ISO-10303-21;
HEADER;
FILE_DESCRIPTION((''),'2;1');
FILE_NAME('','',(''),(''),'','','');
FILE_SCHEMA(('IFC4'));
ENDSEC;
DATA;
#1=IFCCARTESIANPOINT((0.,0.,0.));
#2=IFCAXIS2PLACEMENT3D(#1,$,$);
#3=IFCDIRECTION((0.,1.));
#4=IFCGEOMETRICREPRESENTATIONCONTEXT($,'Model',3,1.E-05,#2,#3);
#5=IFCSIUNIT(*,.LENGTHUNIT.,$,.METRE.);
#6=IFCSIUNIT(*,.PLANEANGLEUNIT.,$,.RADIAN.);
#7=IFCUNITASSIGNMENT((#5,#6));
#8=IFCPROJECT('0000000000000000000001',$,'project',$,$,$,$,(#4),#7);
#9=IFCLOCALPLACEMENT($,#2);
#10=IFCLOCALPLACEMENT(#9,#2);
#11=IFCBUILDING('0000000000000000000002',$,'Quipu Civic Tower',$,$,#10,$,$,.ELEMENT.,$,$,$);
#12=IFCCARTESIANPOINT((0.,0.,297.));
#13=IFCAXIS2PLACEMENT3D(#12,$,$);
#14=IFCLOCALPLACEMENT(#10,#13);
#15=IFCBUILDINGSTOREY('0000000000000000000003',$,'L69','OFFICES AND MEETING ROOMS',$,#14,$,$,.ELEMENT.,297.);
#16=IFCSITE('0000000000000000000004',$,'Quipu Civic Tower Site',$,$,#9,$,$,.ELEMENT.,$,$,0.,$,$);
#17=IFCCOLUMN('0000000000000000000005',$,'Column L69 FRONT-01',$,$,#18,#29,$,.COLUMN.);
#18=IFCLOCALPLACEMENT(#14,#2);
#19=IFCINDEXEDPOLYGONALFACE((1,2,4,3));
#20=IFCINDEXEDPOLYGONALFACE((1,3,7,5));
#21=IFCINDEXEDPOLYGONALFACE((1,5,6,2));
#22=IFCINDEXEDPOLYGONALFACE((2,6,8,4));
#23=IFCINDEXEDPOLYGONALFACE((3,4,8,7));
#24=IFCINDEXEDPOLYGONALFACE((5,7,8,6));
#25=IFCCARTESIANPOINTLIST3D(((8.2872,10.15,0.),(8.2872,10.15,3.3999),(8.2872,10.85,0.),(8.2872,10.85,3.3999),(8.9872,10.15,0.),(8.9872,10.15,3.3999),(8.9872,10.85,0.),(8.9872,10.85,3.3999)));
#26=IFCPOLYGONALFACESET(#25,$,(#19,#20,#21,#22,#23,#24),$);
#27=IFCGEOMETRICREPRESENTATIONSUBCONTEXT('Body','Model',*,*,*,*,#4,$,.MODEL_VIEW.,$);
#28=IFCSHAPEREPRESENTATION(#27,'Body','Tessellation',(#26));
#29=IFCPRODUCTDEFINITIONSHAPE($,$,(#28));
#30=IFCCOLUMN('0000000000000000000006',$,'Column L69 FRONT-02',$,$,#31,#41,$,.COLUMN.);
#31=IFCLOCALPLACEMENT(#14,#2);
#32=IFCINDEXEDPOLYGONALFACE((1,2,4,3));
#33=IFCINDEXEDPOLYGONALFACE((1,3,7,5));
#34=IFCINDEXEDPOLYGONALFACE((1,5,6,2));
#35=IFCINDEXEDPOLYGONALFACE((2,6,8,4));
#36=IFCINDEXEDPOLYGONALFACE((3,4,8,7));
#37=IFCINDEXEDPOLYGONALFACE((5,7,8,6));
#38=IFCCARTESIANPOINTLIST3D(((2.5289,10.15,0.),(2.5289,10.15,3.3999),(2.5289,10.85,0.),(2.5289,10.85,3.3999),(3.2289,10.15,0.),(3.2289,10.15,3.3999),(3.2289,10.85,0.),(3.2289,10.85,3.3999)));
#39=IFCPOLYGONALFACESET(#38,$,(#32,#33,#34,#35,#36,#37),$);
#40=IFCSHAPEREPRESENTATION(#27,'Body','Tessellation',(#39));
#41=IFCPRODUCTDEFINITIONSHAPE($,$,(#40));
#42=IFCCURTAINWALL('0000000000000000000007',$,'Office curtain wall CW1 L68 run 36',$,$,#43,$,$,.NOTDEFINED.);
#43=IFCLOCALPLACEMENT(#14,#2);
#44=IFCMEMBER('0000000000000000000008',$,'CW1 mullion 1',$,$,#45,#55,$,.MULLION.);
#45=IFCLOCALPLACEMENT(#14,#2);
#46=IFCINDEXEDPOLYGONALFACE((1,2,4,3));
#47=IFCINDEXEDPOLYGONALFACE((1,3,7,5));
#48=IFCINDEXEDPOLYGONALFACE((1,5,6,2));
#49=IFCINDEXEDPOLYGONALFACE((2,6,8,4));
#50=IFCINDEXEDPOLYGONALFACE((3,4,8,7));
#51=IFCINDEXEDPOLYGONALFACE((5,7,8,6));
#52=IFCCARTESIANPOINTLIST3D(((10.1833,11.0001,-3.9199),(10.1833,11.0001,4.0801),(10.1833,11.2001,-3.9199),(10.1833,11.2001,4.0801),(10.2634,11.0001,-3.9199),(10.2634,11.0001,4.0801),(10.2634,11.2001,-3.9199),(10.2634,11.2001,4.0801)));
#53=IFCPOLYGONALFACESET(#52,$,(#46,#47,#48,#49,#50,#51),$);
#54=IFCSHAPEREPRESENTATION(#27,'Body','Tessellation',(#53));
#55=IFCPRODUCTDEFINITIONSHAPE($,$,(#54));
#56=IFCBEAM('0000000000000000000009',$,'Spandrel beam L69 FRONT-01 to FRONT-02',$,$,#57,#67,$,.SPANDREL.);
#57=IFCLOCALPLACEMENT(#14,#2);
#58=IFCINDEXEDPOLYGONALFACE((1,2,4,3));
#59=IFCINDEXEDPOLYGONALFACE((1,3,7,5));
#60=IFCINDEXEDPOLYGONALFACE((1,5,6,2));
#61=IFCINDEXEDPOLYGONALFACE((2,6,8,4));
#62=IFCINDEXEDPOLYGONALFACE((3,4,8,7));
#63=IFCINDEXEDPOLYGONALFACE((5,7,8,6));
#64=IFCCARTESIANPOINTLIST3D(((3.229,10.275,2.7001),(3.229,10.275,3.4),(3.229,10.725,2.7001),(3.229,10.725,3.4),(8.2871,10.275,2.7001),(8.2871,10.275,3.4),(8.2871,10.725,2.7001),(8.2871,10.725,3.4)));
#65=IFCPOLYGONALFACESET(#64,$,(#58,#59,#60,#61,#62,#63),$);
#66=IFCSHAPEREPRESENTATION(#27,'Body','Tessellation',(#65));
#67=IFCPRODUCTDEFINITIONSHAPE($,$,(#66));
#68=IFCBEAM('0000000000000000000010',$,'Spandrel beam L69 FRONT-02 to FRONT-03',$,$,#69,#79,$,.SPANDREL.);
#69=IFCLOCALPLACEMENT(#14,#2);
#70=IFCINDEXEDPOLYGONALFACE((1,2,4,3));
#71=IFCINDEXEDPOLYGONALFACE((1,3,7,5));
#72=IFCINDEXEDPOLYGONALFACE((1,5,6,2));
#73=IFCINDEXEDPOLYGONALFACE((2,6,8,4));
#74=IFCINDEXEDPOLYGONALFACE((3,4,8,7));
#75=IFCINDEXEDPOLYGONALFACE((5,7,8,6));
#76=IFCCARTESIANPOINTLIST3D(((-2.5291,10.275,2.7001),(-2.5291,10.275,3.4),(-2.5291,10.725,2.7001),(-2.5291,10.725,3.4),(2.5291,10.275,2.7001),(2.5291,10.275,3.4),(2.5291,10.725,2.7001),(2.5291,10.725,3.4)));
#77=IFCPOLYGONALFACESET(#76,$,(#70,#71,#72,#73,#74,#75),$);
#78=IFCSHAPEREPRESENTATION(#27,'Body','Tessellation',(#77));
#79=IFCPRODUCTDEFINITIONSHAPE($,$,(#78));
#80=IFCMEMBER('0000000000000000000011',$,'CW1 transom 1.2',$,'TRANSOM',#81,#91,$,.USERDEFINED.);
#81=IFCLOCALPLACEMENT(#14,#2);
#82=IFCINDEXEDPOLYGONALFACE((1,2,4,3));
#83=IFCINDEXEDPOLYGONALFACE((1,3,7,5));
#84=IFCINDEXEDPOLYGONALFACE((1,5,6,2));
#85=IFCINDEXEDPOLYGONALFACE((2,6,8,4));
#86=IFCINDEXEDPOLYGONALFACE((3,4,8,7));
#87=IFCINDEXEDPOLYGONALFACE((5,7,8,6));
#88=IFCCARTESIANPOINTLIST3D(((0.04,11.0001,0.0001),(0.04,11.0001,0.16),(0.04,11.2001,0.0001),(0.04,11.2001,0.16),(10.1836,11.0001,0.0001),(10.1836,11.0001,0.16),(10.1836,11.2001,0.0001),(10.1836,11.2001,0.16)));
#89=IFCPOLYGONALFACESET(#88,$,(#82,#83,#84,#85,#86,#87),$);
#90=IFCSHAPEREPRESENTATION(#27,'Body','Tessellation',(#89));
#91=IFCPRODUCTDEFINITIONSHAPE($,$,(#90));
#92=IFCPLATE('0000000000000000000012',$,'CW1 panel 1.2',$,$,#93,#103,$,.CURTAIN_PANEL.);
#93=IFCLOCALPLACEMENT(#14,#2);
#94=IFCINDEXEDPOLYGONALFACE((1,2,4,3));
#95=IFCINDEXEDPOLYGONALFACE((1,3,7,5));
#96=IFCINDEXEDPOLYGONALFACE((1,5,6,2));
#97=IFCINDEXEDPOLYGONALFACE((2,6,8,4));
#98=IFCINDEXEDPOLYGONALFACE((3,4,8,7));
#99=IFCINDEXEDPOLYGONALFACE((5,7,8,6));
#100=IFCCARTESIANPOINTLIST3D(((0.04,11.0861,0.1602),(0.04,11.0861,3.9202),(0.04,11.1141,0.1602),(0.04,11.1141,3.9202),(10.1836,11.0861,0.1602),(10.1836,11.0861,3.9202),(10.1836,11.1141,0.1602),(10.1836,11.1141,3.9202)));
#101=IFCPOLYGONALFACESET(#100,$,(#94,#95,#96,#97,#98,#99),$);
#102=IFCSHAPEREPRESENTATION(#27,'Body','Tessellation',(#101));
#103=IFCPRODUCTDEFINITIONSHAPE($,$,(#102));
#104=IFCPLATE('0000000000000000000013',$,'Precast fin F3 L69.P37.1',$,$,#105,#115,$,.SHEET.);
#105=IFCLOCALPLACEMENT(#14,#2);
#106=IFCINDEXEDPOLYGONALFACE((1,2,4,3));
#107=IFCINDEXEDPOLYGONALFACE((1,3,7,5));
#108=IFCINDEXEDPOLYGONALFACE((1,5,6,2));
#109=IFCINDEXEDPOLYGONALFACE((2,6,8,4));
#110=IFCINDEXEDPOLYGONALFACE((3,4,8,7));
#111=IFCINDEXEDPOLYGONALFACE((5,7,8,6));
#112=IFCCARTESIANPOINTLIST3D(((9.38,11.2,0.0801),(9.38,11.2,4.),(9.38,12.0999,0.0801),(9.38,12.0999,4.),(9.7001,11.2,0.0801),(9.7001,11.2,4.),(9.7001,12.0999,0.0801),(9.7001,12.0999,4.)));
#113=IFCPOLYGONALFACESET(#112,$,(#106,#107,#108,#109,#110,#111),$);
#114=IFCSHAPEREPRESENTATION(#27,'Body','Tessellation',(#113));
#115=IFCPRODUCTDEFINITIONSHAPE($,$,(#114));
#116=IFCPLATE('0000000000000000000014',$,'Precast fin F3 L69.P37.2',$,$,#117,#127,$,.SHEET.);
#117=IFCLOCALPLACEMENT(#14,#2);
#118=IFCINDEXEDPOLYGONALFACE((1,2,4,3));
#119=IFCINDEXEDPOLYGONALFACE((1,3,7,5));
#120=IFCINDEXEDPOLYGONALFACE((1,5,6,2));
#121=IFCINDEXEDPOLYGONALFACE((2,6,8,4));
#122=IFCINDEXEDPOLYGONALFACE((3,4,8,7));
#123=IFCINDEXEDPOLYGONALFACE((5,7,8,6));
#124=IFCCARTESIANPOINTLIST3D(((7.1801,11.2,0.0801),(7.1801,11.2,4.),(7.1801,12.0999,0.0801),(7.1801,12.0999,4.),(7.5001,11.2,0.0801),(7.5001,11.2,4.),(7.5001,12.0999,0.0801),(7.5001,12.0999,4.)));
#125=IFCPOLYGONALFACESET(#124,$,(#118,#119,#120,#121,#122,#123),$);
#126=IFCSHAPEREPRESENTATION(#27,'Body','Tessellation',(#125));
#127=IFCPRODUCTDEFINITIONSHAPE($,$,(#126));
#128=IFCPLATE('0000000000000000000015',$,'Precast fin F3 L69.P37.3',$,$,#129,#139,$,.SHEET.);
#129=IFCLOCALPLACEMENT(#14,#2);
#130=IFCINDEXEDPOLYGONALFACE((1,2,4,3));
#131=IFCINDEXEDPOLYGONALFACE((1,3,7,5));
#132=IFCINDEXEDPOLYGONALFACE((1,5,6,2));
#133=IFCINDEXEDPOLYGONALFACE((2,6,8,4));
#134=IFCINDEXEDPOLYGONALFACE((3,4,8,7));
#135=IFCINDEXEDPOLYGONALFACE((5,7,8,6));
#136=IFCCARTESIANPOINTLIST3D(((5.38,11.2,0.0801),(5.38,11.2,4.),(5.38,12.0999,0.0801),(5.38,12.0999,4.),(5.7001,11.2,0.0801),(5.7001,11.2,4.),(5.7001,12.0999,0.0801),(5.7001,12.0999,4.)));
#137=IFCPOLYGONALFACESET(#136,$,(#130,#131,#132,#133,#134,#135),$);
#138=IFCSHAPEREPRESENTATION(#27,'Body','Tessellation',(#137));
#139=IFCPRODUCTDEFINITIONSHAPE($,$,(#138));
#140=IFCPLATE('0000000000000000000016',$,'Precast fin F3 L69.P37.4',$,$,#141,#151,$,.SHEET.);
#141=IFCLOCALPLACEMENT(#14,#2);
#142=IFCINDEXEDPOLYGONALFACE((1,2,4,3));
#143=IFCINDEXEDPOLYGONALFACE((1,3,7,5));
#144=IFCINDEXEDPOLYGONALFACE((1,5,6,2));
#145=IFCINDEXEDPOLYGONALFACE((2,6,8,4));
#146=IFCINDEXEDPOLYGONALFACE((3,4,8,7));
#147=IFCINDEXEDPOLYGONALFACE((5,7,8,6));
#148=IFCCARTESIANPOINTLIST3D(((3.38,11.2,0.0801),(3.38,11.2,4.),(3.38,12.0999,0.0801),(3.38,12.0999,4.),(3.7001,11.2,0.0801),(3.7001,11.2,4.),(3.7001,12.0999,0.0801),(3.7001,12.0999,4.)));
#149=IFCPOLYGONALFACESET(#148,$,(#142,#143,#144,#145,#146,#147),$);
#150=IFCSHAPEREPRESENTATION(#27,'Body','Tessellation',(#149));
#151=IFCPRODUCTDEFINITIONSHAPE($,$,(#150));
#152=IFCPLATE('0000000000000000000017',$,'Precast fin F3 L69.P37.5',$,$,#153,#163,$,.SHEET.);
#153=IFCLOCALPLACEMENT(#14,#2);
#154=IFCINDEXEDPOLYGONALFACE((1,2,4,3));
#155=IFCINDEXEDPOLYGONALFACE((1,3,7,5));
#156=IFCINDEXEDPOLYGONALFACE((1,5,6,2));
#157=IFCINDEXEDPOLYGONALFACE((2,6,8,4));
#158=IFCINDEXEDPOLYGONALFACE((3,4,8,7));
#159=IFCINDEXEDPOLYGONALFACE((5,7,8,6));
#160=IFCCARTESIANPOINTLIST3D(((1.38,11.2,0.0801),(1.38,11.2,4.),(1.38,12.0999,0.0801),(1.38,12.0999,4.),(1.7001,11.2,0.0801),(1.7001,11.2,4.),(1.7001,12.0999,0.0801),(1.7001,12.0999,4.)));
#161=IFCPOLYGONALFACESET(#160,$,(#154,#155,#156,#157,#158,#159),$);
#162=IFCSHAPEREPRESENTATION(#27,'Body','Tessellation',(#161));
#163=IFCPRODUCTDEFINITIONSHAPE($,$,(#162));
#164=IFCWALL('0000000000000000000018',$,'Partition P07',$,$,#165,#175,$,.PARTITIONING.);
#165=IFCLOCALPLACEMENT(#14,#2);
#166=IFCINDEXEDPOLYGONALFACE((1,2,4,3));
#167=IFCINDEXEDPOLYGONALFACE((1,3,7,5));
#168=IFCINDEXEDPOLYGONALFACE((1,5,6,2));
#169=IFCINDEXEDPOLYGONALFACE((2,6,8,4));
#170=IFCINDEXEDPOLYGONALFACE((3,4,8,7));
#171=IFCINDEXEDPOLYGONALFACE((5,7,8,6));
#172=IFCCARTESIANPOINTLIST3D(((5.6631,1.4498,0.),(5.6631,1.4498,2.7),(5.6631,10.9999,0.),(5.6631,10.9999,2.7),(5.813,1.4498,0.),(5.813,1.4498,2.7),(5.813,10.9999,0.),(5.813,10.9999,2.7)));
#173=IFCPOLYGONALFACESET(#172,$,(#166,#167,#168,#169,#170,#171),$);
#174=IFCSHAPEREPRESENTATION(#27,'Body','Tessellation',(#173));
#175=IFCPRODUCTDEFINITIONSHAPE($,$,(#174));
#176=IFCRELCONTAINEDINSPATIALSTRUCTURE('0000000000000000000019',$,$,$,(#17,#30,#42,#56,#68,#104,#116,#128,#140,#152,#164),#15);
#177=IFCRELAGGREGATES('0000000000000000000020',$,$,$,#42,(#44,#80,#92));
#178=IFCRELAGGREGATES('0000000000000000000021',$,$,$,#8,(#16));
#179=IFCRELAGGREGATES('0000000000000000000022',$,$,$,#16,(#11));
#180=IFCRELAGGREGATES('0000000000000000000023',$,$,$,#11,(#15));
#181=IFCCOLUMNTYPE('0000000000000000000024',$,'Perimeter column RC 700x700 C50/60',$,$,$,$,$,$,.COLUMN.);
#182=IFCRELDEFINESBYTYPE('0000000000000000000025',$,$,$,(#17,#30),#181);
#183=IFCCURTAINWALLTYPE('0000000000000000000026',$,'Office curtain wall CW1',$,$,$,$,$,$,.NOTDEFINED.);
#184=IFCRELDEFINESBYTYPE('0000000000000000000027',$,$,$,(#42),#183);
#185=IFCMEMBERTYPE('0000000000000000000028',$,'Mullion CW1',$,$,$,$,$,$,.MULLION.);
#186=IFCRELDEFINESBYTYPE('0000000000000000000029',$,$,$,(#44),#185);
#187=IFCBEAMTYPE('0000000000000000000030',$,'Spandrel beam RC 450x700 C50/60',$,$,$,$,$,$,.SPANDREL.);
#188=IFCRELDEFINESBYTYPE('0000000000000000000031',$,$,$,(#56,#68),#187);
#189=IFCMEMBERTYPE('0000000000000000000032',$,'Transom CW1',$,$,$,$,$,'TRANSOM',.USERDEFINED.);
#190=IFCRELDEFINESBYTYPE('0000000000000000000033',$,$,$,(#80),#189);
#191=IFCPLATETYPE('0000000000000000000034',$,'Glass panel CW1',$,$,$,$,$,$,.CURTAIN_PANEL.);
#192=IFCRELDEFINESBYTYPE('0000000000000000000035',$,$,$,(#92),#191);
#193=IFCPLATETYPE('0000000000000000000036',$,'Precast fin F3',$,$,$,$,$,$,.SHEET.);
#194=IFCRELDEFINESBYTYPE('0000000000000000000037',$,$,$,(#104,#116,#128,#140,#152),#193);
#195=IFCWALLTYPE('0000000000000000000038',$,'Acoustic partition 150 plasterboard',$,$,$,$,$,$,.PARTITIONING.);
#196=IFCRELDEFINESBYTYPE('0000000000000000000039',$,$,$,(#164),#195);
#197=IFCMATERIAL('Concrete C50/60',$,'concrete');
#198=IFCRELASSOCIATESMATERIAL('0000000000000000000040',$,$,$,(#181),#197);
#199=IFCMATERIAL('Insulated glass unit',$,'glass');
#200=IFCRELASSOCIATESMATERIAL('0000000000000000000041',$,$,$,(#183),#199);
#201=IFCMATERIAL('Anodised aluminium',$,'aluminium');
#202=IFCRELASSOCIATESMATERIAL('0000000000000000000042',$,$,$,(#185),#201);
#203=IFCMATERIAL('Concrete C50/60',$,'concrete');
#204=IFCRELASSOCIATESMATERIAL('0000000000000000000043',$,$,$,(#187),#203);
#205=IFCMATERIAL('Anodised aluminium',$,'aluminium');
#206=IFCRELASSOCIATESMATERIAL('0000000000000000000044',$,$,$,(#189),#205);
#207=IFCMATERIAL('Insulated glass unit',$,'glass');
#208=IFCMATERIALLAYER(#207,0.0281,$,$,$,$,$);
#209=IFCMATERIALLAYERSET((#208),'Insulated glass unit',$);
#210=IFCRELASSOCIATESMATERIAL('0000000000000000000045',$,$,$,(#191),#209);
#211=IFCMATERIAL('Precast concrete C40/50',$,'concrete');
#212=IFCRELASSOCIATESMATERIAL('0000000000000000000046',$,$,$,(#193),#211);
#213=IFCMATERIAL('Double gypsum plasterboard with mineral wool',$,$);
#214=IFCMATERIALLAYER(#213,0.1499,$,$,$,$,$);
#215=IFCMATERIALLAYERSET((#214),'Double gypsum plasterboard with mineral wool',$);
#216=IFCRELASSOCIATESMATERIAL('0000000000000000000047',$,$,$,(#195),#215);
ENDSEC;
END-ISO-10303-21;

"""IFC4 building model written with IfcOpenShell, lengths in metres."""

from ifc_helpers import new_model, si_unit, direction, frame, frame_2d, origin, origin_2d, place, context, subcontext, project, spatial, rectangle, extrude, material, layer, layer_set, material_profile, profile_set, type_object, element, aggregate, save


model = new_model("IFC4")

# Units and contexts
model_context = context("Model", 3, precision=1e-05, world=origin(), true_north=direction((0.0, 1.0)))
body_context = subcontext(model_context, "Body", "Model", "MODEL_VIEW")
ifc_project = project(units=[si_unit("LENGTHUNIT", "METRE"), si_unit("PLANEANGLEUNIT", "RADIAN")], contexts=[model_context])

# Site, building, storey
site_placement = place(None, origin())
site = spatial("IfcSite", under=ifc_project, at=site_placement, Name="Quipu Civic Tower Site", CompositionType="ELEMENT", RefElevation=0.0)
building_placement = place(site_placement, origin())
building = spatial("IfcBuilding", under=site, at=building_placement, Name="Quipu Civic Tower", CompositionType="ELEMENT")
storey_placement = place(building_placement, frame((0.0, 0.0, 297.0)))
storey = spatial("IfcBuildingStorey", under=building, at=storey_placement, Name="L69", Description="OFFICES AND MEETING ROOMS", CompositionType="ELEMENT", Elevation=297.0)

# Columns
ifc_material_1 = material(Name="Concrete C50/60", Category="concrete")
ifc_material_profile_1 = material_profile(ifc_material_1, rectangle(XDim=0.7, YDim=0.7, at=origin_2d()), Name="RC700x700")
ifc_profile_set_1 = profile_set([ifc_material_profile_1], Name="Concrete C50/60")
column_type = type_object("IfcColumnType", Name="Perimeter column RC 700x700 C50/60", PredefinedType="COLUMN", material=ifc_profile_set_1)
for number, where, z_axis, x_axis, name in (
    (1, (8.6372, 10.5, 0.0), (0.0, 0.0, 1.0), (-1.0, 0.0, 0.0), "Column L69 FRONT-01"),
    (2, (2.8789, 10.5, 0.0), (0.0, 0.0, 1.0), (-1.0, 0.0, 0.0), "Column L69 FRONT-02"),
):
    element("IfcColumn", number, at=place(storey_placement, frame(where, z_axis=z_axis, x_axis=x_axis)), inside=storey, type_object=column_type, Name=name, PredefinedType="COLUMN", context=body_context, shape_type="SweptSolid", body=[
        extrude(rectangle(XDim=0.7, YDim=0.7, at=origin_2d()), origin(), (0.0, 0.0, 1.0), 3.3999),
    ])

# Curtain wall, member
ifc_material_2 = material(Name="Insulated glass unit", Category="glass")
curtain_wall_type = type_object("IfcCurtainWallType", Name="Office curtain wall CW1", PredefinedType="NOTDEFINED", material=ifc_material_2)
curtain_wall_placement = place(storey_placement, origin())
curtain_wall = element("IfcCurtainWall", 3, at=curtain_wall_placement, inside=storey, type_object=curtain_wall_type, Name="Office curtain wall CW1 L68 run 36", PredefinedType="NOTDEFINED")
ifc_material_3 = material(Name="Anodised aluminium", Category="aluminium")
ifc_material_profile_2 = material_profile(ifc_material_3, rectangle(XDim=0.2, YDim=0.0801, at=origin_2d()), Name="RECT 200x80")
ifc_profile_set_2 = profile_set([ifc_material_profile_2], Name="Anodised aluminium")
member_type_1 = type_object("IfcMemberType", Name="Mullion CW1", PredefinedType="MULLION", material=ifc_profile_set_2)
member_1_placement = place(storey_placement, frame((10.2234, 11.1001, -3.9199), z_axis=(0.0, 0.0, 1.0), x_axis=(0.0, -1.0, 0.0)))
member_1 = element("IfcMember", 4, at=member_1_placement, type_object=member_type_1, Name="CW1 mullion 1", PredefinedType="MULLION", context=body_context, shape_type="SweptSolid", body=[
    extrude(rectangle(XDim=0.2, YDim=0.0801, at=origin_2d()), origin(), (0.0, 0.0, 1.0), 8.0),
])

# Beams
ifc_material_4 = material(Name="Concrete C50/60", Category="concrete")
ifc_material_profile_3 = material_profile(ifc_material_4, rectangle(XDim=0.45, YDim=0.7, at=origin_2d()), Name="RC450x700")
ifc_profile_set_3 = profile_set([ifc_material_profile_3], Name="Concrete C50/60")
beam_type = type_object("IfcBeamType", Name="Spandrel beam RC 450x700 C50/60", PredefinedType="SPANDREL", material=ifc_profile_set_3)
for number, where, z_axis, x_axis, name in (
    (5, (8.2871, 10.5, 3.05), (-1.0, 0.0, 0.0), (0.0, -1.0, 0.0), "Spandrel beam L69 FRONT-01 to FRONT-02"),
    (6, (2.5291, 10.5, 3.05), (-1.0, 0.0, 0.0), (0.0, -1.0, 0.0), "Spandrel beam L69 FRONT-02 to FRONT-03"),
):
    element("IfcBeam", number, at=place(storey_placement, frame(where, z_axis=z_axis, x_axis=x_axis)), inside=storey, type_object=beam_type, Name=name, PredefinedType="SPANDREL", context=body_context, shape_type="SweptSolid", body=[
        extrude(rectangle(XDim=0.45, YDim=0.7, at=origin_2d()), origin(), (0.0, 0.0, 1.0), 5.0581),
    ])

# Member
ifc_material_5 = material(Name="Anodised aluminium", Category="aluminium")
ifc_material_profile_4 = material_profile(ifc_material_5, rectangle(XDim=0.2, YDim=0.1599, at=origin_2d()), Name="RECT 200x160")
ifc_profile_set_4 = profile_set([ifc_material_profile_4], Name="Anodised aluminium")
member_type_2 = type_object("IfcMemberType", Name="Transom CW1", ElementType="TRANSOM", PredefinedType="USERDEFINED", material=ifc_profile_set_4)
member_2_placement = place(storey_placement, frame((10.1836, 11.1001, 0.0801), z_axis=(-1.0, 0.0, 0.0), x_axis=(0.0, -1.0, 0.0)))
member_2 = element("IfcMember", 7, at=member_2_placement, type_object=member_type_2, Name="CW1 transom 1.2", ObjectType="TRANSOM", PredefinedType="USERDEFINED", context=body_context, shape_type="SweptSolid", body=[
    extrude(rectangle(XDim=0.2, YDim=0.1599, at=origin_2d()), origin(), (0.0, 0.0, 1.0), 10.1436),
])

# Plate
ifc_material_6 = material(Name="Insulated glass unit", Category="glass")
ifc_layer_1 = layer(ifc_material_6, 0.0281)
ifc_layer_set_1 = layer_set([ifc_layer_1], Name="Insulated glass unit")
plate_type_1 = type_object("IfcPlateType", Name="Glass panel CW1", PredefinedType="CURTAIN_PANEL", material=ifc_layer_set_1)
plate_placement = place(storey_placement, frame((5.1118, 11.1001, 0.1602), z_axis=(0.0, 0.0, 1.0), x_axis=(-1.0, 0.0, 0.0)))
plate = element("IfcPlate", 8, at=plate_placement, type_object=plate_type_1, Name="CW1 panel 1.2", PredefinedType="CURTAIN_PANEL", context=body_context, shape_type="SweptSolid", body=[
    extrude(rectangle(XDim=10.1436, YDim=0.0281, at=origin_2d()), origin(), (0.0, 0.0, 1.0), 3.76),
])
aggregate(curtain_wall, [member_1, member_2, plate])

# Plates
ifc_material_7 = material(Name="Precast concrete C40/50", Category="concrete")
plate_type_2 = type_object("IfcPlateType", Name="Precast fin F3", PredefinedType="SHEET", material=ifc_material_7)
for number, where, z_axis, x_axis, name in (
    (9, (9.54, 11.6499, 0.0801), (0.0, 0.0, 1.0), (-1.0, 0.0, 0.0), "Precast fin F3 L69.P37.1"),
    (10, (7.3401, 11.6499, 0.0801), (0.0, 0.0, 1.0), (-1.0, 0.0, 0.0), "Precast fin F3 L69.P37.2"),
    (11, (5.54, 11.6499, 0.0801), (0.0, 0.0, 1.0), (-1.0, 0.0, 0.0), "Precast fin F3 L69.P37.3"),
    (12, (3.54, 11.6499, 0.0801), (0.0, 0.0, 1.0), (-1.0, 0.0, 0.0), "Precast fin F3 L69.P37.4"),
    (13, (1.54, 11.6499, 0.0801), (0.0, 0.0, 1.0), (-1.0, 0.0, 0.0), "Precast fin F3 L69.P37.5"),
):
    element("IfcPlate", number, at=place(storey_placement, frame(where, z_axis=z_axis, x_axis=x_axis)), inside=storey, type_object=plate_type_2, Name=name, PredefinedType="SHEET", context=body_context, shape_type="SweptSolid", body=[
        extrude(rectangle(XDim=0.3201, YDim=0.8999, at=origin_2d()), origin(), (0.0, 0.0, 1.0), 3.9199),
    ])

# Wall
ifc_material_8 = material(Name="Double gypsum plasterboard with mineral wool")
ifc_layer_2 = layer(ifc_material_8, 0.1499)
ifc_layer_set_2 = layer_set([ifc_layer_2], Name="Double gypsum plasterboard with mineral wool")
wall_type_1 = type_object("IfcWallType", Name="Acoustic partition 150 plasterboard", PredefinedType="PARTITIONING", material=ifc_layer_set_2)
wall_1_placement = place(storey_placement, frame((5.738, 1.45, 0.0), z_axis=(0.0, 0.0, 1.0), x_axis=(0.0, 1.0, 0.0)))
element("IfcWall", 14, at=wall_1_placement, inside=storey, type_object=wall_type_1, Name="Partition P07", PredefinedType="PARTITIONING", context=body_context, shape_type="SweptSolid", body=[
    extrude(rectangle(XDim=9.55, YDim=0.1499, at=frame_2d((4.7749, 0.0))), origin(), (0.0, 0.0, 1.0), 2.7),
])

save(model, "model.ifc")
